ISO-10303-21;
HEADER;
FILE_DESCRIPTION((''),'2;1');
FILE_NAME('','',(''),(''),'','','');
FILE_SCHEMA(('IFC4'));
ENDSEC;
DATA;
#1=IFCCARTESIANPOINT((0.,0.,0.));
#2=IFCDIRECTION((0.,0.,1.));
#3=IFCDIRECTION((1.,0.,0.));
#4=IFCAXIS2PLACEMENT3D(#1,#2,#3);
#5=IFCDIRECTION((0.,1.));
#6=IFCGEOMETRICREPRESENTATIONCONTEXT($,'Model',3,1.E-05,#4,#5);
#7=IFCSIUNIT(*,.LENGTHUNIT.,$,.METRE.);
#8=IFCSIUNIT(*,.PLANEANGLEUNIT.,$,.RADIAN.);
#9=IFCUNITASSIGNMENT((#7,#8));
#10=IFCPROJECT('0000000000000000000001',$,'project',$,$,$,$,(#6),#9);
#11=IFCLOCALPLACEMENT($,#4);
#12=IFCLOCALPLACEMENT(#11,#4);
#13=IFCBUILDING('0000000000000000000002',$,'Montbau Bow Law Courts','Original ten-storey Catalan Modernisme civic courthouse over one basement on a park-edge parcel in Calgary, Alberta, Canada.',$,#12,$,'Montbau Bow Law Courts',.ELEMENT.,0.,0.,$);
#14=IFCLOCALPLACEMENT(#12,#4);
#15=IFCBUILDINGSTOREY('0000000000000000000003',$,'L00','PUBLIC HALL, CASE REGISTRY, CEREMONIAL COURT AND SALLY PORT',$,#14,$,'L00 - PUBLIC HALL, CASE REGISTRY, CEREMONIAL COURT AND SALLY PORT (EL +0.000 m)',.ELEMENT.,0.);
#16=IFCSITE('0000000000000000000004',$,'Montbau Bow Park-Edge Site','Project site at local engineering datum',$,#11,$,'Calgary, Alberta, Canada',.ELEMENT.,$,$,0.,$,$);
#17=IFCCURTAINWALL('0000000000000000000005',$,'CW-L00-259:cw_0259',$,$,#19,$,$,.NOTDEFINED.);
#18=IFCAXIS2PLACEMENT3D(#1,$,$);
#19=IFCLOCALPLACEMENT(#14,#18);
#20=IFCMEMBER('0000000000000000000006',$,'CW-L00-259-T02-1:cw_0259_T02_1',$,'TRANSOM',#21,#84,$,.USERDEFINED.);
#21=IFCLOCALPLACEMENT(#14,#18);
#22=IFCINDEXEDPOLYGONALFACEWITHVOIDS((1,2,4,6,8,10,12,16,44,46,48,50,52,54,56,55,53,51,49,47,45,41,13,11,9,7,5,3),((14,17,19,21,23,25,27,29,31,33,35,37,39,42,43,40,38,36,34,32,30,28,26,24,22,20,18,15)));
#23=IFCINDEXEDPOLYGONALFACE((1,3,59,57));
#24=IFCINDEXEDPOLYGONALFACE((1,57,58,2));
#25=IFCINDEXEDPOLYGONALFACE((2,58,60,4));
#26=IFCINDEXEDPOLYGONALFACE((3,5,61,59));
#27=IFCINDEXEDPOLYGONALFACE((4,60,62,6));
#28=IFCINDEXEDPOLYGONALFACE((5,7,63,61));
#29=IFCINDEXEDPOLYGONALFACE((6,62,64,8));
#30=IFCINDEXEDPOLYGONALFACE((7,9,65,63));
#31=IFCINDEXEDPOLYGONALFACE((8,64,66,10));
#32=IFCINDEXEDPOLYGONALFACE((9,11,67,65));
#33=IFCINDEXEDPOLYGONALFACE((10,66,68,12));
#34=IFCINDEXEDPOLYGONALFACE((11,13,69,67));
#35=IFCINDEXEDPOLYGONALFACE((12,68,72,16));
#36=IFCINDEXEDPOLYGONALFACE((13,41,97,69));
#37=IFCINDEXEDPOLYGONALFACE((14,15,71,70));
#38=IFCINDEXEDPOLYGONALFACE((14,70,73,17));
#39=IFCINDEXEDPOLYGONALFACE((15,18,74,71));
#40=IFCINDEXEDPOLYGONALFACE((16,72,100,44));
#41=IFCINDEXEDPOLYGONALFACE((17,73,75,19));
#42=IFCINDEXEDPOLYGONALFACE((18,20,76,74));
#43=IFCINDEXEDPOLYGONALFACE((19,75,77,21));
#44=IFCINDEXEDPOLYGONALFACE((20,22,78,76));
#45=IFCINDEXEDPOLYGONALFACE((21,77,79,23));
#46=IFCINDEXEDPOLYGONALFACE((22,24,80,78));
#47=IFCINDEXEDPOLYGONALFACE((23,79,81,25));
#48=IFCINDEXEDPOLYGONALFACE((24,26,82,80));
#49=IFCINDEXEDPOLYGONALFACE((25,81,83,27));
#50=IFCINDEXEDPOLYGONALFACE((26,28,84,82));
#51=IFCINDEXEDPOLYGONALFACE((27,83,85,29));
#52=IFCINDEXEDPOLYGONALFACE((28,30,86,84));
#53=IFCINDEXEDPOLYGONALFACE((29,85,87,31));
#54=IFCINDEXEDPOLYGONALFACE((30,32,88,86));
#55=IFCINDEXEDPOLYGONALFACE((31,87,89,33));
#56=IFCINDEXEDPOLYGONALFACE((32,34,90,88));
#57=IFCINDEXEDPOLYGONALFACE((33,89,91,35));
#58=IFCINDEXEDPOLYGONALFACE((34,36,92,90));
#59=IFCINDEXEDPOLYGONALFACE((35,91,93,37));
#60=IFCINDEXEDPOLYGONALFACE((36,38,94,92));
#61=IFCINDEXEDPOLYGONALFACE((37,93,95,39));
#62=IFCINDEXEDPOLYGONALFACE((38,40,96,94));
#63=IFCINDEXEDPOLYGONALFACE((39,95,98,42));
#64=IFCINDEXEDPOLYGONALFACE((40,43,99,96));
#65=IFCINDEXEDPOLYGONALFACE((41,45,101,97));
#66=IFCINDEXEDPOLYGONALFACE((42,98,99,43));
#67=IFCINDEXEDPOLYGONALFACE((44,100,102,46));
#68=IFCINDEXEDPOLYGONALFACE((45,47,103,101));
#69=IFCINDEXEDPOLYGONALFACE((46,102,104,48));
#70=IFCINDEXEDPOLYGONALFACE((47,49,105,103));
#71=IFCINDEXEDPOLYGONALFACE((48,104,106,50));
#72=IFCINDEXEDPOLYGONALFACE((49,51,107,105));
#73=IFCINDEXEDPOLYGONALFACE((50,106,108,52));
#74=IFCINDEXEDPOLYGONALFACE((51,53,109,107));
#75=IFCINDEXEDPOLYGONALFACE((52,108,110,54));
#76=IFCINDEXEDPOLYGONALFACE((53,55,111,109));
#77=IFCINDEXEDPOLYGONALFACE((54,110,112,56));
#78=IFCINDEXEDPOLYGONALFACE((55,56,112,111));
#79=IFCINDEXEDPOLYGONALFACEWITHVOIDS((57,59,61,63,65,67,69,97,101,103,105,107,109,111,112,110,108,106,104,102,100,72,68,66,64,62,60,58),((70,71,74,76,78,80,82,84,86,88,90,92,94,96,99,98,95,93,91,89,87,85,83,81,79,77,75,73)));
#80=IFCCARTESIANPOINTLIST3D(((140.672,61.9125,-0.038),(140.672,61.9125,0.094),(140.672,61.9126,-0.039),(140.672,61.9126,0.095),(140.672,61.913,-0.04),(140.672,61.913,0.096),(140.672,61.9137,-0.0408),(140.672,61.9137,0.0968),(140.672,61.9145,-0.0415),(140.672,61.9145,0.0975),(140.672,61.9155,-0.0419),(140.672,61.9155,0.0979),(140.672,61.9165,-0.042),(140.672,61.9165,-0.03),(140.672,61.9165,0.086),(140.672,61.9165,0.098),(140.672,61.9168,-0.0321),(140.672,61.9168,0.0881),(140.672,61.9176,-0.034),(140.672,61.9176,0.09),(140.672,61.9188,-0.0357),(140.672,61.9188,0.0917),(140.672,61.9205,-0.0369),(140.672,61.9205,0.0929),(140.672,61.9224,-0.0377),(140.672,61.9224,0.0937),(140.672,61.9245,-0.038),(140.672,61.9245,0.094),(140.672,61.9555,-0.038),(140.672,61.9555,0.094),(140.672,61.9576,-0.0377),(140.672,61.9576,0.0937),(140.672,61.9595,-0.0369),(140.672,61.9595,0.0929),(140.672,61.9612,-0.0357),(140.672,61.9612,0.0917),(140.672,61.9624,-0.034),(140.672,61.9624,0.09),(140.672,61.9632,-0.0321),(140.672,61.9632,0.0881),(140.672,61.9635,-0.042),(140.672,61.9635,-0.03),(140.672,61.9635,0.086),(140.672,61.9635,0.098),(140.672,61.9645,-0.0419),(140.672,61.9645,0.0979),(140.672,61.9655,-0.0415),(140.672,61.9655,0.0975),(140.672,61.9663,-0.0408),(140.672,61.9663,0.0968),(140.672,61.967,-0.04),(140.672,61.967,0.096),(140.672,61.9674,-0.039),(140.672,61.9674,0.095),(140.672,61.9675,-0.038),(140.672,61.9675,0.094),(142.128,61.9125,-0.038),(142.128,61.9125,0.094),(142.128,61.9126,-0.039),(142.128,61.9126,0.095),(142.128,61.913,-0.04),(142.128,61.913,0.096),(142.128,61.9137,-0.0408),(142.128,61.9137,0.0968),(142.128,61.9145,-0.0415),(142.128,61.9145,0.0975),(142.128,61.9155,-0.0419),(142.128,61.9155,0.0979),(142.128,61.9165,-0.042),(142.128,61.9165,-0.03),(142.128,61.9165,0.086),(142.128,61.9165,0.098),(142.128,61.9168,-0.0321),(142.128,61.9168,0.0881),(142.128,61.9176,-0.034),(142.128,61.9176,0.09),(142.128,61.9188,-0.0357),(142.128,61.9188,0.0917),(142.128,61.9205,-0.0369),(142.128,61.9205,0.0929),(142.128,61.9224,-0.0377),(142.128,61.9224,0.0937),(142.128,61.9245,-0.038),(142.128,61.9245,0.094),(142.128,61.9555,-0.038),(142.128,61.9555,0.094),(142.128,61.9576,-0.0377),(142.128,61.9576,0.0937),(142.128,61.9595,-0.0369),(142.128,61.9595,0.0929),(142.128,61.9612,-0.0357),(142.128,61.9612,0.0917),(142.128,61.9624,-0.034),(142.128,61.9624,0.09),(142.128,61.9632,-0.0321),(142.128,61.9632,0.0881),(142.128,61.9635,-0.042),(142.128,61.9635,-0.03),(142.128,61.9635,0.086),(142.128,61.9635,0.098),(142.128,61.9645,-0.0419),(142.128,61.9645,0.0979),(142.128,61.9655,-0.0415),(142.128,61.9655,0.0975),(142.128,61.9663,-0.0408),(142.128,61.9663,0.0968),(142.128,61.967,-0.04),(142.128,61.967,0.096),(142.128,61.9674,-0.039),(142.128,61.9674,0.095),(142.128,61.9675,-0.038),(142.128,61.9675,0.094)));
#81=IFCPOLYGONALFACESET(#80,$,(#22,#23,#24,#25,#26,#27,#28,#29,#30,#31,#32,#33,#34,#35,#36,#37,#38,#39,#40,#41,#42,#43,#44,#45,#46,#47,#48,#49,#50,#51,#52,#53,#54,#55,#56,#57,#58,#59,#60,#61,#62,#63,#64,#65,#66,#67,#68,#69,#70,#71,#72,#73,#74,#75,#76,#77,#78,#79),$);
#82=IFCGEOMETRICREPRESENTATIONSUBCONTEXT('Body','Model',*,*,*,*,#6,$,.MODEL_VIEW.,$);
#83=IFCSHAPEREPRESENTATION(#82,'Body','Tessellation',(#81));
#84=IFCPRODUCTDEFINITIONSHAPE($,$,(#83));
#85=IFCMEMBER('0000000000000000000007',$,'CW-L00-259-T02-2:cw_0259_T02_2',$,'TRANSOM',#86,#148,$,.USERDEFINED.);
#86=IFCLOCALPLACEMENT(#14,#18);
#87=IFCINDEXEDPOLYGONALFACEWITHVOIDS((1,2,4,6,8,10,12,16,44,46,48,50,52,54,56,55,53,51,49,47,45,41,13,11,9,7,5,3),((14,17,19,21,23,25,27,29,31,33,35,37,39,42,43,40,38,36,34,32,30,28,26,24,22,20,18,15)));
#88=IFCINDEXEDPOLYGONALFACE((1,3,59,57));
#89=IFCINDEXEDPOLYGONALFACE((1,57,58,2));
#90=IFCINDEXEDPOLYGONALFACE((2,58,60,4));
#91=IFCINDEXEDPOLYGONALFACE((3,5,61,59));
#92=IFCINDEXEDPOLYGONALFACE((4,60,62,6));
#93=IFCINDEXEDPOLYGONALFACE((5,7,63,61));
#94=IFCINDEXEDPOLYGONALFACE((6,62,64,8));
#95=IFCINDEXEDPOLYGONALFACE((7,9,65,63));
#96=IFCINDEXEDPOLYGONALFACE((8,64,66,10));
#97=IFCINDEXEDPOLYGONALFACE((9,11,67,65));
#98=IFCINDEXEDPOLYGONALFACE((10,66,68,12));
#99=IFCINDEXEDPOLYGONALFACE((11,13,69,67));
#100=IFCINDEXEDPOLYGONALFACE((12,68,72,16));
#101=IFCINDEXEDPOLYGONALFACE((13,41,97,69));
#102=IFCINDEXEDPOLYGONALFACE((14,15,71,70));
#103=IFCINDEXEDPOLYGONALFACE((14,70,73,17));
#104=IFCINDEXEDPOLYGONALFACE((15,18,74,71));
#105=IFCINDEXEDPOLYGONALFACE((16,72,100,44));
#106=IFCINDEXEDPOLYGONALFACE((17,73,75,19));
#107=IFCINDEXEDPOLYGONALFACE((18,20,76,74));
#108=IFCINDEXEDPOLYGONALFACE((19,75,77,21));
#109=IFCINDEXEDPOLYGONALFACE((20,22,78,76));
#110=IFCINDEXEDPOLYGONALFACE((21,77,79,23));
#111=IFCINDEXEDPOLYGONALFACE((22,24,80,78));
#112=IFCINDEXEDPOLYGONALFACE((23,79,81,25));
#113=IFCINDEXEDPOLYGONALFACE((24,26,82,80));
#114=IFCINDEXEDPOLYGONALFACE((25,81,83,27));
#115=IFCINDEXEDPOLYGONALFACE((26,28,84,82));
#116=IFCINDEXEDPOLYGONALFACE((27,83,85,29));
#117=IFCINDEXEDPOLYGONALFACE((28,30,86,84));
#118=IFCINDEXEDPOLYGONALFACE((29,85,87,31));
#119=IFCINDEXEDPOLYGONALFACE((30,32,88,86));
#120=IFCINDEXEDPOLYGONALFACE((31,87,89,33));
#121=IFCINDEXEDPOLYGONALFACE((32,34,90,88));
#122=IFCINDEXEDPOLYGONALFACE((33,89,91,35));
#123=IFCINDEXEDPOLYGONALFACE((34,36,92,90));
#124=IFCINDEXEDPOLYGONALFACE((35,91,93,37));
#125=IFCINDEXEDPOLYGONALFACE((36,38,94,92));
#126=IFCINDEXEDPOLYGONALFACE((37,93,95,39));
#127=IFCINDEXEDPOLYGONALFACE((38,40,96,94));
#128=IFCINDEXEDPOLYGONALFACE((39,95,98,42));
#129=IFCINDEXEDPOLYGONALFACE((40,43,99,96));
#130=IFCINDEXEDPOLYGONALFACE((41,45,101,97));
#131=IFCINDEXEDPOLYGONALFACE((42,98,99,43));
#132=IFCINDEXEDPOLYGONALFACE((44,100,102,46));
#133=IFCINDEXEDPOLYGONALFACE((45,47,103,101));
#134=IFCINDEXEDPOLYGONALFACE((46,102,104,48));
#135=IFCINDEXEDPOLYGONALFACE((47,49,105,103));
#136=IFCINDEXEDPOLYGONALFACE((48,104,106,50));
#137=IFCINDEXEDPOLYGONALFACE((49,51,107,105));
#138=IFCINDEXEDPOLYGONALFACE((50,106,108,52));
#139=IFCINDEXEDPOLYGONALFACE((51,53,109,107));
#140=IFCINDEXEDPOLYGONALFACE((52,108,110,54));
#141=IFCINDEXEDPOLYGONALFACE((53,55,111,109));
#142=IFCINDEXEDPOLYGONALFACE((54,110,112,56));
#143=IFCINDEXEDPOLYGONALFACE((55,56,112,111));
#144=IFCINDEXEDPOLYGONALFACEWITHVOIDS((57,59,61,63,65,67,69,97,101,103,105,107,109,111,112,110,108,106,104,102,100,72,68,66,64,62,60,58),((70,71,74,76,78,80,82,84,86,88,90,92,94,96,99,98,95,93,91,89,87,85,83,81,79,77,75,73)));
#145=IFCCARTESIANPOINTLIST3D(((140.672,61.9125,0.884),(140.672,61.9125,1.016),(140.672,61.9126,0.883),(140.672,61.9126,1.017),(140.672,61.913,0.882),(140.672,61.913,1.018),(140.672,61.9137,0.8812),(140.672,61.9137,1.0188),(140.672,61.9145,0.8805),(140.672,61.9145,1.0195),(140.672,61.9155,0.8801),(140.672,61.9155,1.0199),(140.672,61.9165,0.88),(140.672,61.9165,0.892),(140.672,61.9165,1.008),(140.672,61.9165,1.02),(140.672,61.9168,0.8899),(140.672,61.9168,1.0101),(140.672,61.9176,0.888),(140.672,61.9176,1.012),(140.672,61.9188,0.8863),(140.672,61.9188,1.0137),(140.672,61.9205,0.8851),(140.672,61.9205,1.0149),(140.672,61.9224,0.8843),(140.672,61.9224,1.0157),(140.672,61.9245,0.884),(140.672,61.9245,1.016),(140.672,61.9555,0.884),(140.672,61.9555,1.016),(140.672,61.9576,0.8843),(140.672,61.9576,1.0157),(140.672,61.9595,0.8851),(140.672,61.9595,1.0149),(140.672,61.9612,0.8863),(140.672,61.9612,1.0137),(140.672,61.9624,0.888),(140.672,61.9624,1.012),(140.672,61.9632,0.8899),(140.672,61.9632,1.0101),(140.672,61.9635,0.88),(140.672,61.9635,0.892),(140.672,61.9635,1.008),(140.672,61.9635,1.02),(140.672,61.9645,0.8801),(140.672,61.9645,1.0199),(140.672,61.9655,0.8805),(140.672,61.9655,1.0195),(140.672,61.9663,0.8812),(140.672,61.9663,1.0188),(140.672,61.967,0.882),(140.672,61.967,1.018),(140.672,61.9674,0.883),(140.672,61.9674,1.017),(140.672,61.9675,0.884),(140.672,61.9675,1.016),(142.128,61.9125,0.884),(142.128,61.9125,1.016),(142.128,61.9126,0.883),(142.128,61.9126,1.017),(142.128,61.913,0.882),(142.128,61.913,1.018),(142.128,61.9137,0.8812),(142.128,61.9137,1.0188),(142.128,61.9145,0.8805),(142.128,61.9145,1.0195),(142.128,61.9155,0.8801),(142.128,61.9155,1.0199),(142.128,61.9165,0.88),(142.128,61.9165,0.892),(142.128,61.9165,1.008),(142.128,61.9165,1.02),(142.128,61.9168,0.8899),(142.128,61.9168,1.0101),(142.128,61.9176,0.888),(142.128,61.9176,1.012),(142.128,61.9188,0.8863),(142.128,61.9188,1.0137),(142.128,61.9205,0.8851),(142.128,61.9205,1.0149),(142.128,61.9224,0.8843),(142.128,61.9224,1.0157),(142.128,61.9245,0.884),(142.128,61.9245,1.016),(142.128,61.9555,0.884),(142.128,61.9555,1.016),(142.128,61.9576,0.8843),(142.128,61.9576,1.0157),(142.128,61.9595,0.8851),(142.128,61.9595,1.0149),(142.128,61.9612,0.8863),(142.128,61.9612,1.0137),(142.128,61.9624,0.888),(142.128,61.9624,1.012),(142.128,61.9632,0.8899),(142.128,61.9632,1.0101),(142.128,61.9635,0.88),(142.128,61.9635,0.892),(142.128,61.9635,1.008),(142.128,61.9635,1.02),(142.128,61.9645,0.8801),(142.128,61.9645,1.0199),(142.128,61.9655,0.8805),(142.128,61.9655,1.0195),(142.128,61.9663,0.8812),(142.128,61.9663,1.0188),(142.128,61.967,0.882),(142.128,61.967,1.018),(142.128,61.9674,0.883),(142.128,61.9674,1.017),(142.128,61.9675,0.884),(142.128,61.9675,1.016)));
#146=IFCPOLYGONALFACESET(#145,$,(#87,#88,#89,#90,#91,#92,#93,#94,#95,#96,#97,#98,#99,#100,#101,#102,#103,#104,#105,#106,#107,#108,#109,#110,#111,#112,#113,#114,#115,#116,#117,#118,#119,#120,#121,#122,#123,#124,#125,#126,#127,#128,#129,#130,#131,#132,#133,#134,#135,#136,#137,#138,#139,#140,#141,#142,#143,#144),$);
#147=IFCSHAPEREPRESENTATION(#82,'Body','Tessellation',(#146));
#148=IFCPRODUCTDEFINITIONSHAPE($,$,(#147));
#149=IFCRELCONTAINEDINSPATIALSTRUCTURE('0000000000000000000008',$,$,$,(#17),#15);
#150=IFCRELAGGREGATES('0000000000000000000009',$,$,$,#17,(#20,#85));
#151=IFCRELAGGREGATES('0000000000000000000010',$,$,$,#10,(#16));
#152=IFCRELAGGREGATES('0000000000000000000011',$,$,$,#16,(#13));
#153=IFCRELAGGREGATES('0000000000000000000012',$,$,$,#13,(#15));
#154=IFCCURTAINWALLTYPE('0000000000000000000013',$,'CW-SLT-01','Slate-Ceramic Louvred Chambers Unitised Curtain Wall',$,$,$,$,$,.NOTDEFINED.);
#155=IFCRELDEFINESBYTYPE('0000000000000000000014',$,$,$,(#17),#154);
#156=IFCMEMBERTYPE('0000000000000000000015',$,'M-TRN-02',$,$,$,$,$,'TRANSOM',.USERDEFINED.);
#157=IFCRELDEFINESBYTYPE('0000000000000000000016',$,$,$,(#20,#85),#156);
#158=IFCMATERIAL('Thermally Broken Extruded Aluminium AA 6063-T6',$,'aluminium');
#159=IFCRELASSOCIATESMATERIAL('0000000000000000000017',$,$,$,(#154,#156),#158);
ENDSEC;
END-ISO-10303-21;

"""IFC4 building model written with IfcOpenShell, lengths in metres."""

from ifc_helpers import new_model, si_unit, direction, frame, origin_with_axes, origin_2d_with_axis, place, context, subcontext, project, spatial, hollow_rectangle, extrude, material, material_profile, profile_set, type_object, element, aggregate, save


model = new_model("IFC4")

# Units and contexts
model_context = context("Model", 3, precision=1e-05, world=origin_with_axes(), true_north=direction((0.0, 1.0)))
body_context = subcontext(model_context, "Body", "Model", "MODEL_VIEW")
ifc_project = project(units=[si_unit("LENGTHUNIT", "METRE"), si_unit("PLANEANGLEUNIT", "RADIAN")], contexts=[model_context])

# Site, building, storey
site_placement = place(None, origin_with_axes())
site = spatial("IfcSite", under=ifc_project, at=site_placement, Name="Montbau Bow Park-Edge Site", Description="Project site at local engineering datum", LongName="Calgary, Alberta, Canada", CompositionType="ELEMENT", RefElevation=0.0)
building_placement = place(site_placement, origin_with_axes())
building = spatial("IfcBuilding", under=site, at=building_placement, Name="Montbau Bow Law Courts", Description="Original ten-storey Catalan Modernisme civic courthouse over one basement on a park-edge parcel in Calgary, Alberta, Canada.", LongName="Montbau Bow Law Courts", CompositionType="ELEMENT", ElevationOfRefHeight=0.0, ElevationOfTerrain=0.0)
storey_placement = place(building_placement, origin_with_axes())
storey = spatial("IfcBuildingStorey", under=building, at=storey_placement, Name="L00", Description="PUBLIC HALL, CASE REGISTRY, CEREMONIAL COURT AND SALLY PORT", LongName="L00 - PUBLIC HALL, CASE REGISTRY, CEREMONIAL COURT AND SALLY PORT (EL +0.000 m)", CompositionType="ELEMENT", Elevation=0.0)

# Curtain wall, members
ifc_material_1 = material(Name="Thermally Broken Extruded Aluminium AA 6063-T6", Category="aluminium")
curtain_wall_type = type_object("IfcCurtainWallType", Name="CW-SLT-01", Description="Slate-Ceramic Louvred Chambers Unitised Curtain Wall", PredefinedType="NOTDEFINED", material=ifc_material_1)
curtain_wall_placement = place(None, frame((139.115, 61.94, 0.0), z_axis=(0.0, 0.0, 1.0), x_axis=(1.0, 0.0, 0.0)))
curtain_wall = element("IfcCurtainWall", 1, at=curtain_wall_placement, inside=storey, type_object=curtain_wall_type, Name="CW-L00-259:cw_0259", PredefinedType="NOTDEFINED")
ifc_material_profile_1 = material_profile(ifc_material_1, hollow_rectangle(XDim=0.055, YDim=0.14, WallThickness=0.004, InnerFilletRadius=0.008, OuterFilletRadius=0.004, at=origin_2d_with_axis()), Name="CWT-140X55", Category="Main", Priority=0)
ifc_profile_set_1 = profile_set([ifc_material_profile_1], Name="Thermally Broken Extruded Aluminium AA 6063-T6")
member_type_1 = type_object("IfcMemberType", Name="M-TRN-02", ElementType="TRANSOM", PredefinedType="USERDEFINED", material=ifc_profile_set_1)
member_1_placement = place(None, frame((140.672, 61.94, 0.028), z_axis=(1.0, 0.0, 0.0), x_axis=(0.0, 1.0, 0.0)))
member_1 = element("IfcMember", 2, at=member_1_placement, type_object=member_type_1, Name="CW-L00-259-T02-1:cw_0259_T02_1", ObjectType="TRANSOM", PredefinedType="USERDEFINED", context=body_context, shape_type="SweptSolid", body=[
    extrude(hollow_rectangle(XDim=0.055, YDim=0.14, WallThickness=0.004, InnerFilletRadius=0.008, OuterFilletRadius=0.004, at=origin_2d_with_axis()), origin_with_axes(), (0.0, 0.0, 1.0), 1.456),
])
member_2_placement = place(None, frame((140.672, 61.94, 0.95), z_axis=(1.0, 0.0, 0.0), x_axis=(0.0, 1.0, 0.0)))
member_2 = element("IfcMember", 3, at=member_2_placement, type_object=member_type_1, Name="CW-L00-259-T02-2:cw_0259_T02_2", ObjectType="TRANSOM", PredefinedType="USERDEFINED", context=body_context, shape_type="SweptSolid", body=[
    extrude(hollow_rectangle(XDim=0.055, YDim=0.14, WallThickness=0.004, InnerFilletRadius=0.008, OuterFilletRadius=0.004, at=origin_2d_with_axis()), origin_with_axes(), (0.0, 0.0, 1.0), 1.456),
])
aggregate(curtain_wall, [member_1, member_2])

save(model, "model.ifc")
